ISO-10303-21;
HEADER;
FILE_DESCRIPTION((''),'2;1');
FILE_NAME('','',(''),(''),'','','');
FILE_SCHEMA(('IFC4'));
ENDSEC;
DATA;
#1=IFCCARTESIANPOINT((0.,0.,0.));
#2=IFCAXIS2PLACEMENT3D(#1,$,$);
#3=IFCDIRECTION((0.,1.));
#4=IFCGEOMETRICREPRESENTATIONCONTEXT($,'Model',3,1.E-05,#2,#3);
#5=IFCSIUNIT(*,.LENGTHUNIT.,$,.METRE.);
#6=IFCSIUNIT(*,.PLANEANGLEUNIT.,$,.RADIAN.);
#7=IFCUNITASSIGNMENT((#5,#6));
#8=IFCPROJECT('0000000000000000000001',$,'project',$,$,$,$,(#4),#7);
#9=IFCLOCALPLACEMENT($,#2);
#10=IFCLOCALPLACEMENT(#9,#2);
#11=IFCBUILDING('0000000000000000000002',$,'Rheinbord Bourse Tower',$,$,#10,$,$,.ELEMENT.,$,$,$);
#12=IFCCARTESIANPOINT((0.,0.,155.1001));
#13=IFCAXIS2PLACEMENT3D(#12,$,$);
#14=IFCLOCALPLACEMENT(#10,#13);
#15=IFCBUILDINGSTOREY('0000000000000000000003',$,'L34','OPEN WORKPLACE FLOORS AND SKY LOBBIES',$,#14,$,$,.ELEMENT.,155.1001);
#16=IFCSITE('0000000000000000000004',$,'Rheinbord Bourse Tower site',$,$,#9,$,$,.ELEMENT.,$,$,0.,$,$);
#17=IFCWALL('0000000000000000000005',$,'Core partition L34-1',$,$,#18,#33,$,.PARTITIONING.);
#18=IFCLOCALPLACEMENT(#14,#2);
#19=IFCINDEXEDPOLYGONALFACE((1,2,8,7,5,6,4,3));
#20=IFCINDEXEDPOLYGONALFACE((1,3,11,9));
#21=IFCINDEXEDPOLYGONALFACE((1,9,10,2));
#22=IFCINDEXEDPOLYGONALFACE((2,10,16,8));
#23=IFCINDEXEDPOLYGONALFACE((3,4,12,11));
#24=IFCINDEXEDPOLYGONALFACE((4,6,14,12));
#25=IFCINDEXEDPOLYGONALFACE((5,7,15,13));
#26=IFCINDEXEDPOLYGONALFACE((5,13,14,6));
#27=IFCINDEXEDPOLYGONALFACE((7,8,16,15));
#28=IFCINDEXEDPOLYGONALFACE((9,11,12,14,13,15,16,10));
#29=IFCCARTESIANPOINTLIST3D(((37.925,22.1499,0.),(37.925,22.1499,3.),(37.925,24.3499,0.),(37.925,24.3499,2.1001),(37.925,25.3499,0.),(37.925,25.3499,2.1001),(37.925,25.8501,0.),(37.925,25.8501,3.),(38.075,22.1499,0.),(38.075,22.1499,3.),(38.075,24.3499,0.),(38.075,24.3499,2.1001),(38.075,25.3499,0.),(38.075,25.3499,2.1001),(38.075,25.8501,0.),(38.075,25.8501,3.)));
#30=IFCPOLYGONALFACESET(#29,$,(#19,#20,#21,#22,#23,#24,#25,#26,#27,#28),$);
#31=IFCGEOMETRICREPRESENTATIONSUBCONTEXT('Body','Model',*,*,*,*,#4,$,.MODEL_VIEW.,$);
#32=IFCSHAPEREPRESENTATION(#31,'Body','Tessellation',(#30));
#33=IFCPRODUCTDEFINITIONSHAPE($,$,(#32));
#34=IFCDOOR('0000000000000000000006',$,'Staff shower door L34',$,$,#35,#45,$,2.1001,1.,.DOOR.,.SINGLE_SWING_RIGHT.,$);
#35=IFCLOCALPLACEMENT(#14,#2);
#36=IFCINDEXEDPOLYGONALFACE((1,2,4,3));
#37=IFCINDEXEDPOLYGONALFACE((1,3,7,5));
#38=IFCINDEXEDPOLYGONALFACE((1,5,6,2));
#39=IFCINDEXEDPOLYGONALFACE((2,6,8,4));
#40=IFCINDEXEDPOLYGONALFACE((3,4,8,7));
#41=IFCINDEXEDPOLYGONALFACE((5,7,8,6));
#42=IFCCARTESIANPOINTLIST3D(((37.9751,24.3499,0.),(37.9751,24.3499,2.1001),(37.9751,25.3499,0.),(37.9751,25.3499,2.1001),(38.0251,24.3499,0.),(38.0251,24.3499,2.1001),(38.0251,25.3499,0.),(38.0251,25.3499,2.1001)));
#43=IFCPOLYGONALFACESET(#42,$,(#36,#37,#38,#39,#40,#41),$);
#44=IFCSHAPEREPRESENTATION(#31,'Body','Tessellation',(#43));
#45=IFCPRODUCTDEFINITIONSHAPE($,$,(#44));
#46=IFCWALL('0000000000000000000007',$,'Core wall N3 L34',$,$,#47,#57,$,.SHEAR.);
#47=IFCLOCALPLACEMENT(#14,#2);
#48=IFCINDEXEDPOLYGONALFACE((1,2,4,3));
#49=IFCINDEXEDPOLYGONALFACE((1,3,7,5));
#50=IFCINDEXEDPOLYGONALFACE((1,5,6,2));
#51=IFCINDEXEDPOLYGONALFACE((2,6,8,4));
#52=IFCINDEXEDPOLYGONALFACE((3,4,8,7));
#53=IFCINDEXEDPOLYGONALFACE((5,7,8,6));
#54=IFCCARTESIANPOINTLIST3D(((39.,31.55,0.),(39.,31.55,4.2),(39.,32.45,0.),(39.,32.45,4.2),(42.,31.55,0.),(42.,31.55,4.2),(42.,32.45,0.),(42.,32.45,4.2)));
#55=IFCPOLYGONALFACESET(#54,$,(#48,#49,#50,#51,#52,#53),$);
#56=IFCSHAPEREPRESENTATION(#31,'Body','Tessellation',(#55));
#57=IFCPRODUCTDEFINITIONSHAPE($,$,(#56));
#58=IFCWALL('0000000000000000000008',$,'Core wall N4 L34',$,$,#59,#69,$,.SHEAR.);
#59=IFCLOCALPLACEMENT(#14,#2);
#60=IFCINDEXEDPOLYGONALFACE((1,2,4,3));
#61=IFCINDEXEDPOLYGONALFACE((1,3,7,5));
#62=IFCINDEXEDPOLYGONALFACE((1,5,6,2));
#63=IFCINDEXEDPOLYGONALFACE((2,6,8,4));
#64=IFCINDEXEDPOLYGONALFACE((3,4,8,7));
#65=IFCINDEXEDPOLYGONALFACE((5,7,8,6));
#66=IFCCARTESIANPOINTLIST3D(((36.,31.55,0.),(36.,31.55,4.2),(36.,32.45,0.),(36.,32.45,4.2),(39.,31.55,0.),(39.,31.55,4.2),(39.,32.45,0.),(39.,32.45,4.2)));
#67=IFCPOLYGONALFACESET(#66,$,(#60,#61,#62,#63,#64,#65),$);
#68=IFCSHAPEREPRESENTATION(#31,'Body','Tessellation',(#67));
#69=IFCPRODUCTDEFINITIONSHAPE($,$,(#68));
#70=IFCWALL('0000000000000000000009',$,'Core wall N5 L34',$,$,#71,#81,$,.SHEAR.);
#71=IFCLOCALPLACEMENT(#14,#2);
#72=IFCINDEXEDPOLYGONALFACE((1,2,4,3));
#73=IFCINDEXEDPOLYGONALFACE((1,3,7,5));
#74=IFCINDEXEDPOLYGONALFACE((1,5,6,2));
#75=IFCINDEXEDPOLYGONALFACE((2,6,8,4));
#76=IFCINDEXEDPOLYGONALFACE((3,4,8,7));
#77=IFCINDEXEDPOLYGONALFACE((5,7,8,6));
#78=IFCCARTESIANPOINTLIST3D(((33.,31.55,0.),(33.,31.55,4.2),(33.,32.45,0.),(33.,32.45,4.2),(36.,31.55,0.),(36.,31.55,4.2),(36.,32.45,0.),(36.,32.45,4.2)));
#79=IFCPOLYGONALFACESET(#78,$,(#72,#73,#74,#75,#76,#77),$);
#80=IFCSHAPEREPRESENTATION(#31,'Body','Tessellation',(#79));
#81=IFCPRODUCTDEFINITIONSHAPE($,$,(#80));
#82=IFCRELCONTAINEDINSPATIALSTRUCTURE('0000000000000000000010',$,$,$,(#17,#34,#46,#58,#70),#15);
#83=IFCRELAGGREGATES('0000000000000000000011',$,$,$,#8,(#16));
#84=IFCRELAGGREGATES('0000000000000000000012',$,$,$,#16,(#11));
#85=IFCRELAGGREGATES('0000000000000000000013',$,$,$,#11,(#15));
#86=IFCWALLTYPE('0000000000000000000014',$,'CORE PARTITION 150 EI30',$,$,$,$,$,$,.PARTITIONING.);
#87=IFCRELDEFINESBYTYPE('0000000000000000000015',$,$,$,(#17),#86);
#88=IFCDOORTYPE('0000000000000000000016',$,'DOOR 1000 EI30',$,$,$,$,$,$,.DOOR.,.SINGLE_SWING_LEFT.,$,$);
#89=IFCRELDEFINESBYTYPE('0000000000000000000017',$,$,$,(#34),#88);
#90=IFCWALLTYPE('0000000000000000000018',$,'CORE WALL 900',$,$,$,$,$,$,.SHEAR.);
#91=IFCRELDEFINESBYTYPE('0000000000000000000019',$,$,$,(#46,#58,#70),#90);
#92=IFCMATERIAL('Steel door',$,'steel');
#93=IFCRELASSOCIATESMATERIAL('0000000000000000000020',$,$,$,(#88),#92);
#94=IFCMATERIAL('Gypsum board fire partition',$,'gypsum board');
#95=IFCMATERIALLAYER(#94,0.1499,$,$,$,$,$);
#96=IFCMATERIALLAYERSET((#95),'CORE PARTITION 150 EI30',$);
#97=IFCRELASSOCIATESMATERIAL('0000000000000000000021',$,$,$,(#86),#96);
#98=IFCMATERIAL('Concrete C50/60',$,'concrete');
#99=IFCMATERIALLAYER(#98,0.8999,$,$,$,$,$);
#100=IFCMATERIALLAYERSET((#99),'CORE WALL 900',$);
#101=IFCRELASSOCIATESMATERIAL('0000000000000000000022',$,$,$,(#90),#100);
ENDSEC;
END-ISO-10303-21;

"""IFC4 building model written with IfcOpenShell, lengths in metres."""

from ifc_helpers import new_model, si_unit, direction, frame, frame_2d, origin, place, context, subcontext, project, spatial, rectangle, extrude, material, layer, layer_set, type_object, element, fill, save


model = new_model("IFC4")

# Units and contexts
model_context = context("Model", 3, precision=1e-05, world=origin(), true_north=direction((0.0, 1.0)))
body_context = subcontext(model_context, "Body", "Model", "MODEL_VIEW")
ifc_project = project(units=[si_unit("LENGTHUNIT", "METRE"), si_unit("PLANEANGLEUNIT", "RADIAN")], contexts=[model_context])

# Site, building, storey
site_placement = place(None, origin())
site = spatial("IfcSite", under=ifc_project, at=site_placement, Name="Rheinbord Bourse Tower site", CompositionType="ELEMENT", RefElevation=0.0)
building_placement = place(site_placement, origin())
building = spatial("IfcBuilding", under=site, at=building_placement, Name="Rheinbord Bourse Tower", CompositionType="ELEMENT")
storey_placement = place(building_placement, frame((0.0, 0.0, 155.1001)))
storey = spatial("IfcBuildingStorey", under=building, at=storey_placement, Name="L34", Description="OPEN WORKPLACE FLOORS AND SKY LOBBIES", CompositionType="ELEMENT", Elevation=155.1001)

# Shared definitions
ifc_material_1 = material(Name="Steel door", Category="steel")
door_type_1 = type_object("IfcDoorType", Name="DOOR 1000 EI30", OperationType="SINGLE_SWING_LEFT", PredefinedType="DOOR", material=ifc_material_1)

# Wall, opening, door
ifc_material_2 = material(Name="Gypsum board fire partition", Category="gypsum board")
ifc_layer_1 = layer(ifc_material_2, 0.1499)
ifc_layer_set_1 = layer_set([ifc_layer_1], Name="CORE PARTITION 150 EI30")
wall_type_1 = type_object("IfcWallType", Name="CORE PARTITION 150 EI30", PredefinedType="PARTITIONING", material=ifc_layer_set_1)
wall_1_placement = place(storey_placement, frame((38.0, 22.1499, 0.0), z_axis=(0.0, 0.0, 1.0), x_axis=(0.0, 1.0, 0.0)))
wall_1 = element("IfcWall", 1, at=wall_1_placement, inside=storey, type_object=wall_type_1, Name="Core partition L34-1", PredefinedType="PARTITIONING", context=body_context, shape_type="SweptSolid", body=[
    extrude(rectangle(XDim=3.7002, YDim=0.1499, at=frame_2d((1.8501, 0.0))), origin(), (0.0, 0.0, 1.0), 3.0),
])
opening_1_placement = place(wall_1_placement, frame((2.2, 0.0, 0.0)))
opening_1 = element("IfcOpeningElement", 2, at=opening_1_placement, cuts=wall_1, PredefinedType="OPENING", context=body_context, shape_type="SweptSolid", body=[
    extrude(rectangle(XDim=1.0, YDim=2.1001, at=frame_2d((0.5, 1.05))), frame((0.0, 0.085, 0.0), z_axis=(0.0, -1.0, 0.0), x_axis=(1.0, 0.0, 0.0)), (0.0, 0.0, 1.0), 0.1699),
])
door_1_placement = place(opening_1_placement, origin())
door_1 = element("IfcDoor", 3, at=door_1_placement, inside=storey, type_object=door_type_1, Name="Staff shower door L34", OperationType="SINGLE_SWING_RIGHT", OverallHeight=2.1001, OverallWidth=1.0, PredefinedType="DOOR", context=body_context, shape_type="SweptSolid", body=[
    extrude(rectangle(XDim=1.0, YDim=2.1001, at=frame_2d((0.5, 1.05))), frame((0.0, 0.0249, 0.0), z_axis=(0.0, -1.0, 0.0), x_axis=(1.0, 0.0, 0.0)), (0.0, 0.0, 1.0), 0.05),
])
fill(opening_1, door_1)

# Walls
ifc_material_3 = material(Name="Concrete C50/60", Category="concrete")
ifc_layer_2 = layer(ifc_material_3, 0.8999)
ifc_layer_set_2 = layer_set([ifc_layer_2], Name="CORE WALL 900")
wall_type_2 = type_object("IfcWallType", Name="CORE WALL 900", PredefinedType="SHEAR", material=ifc_layer_set_2)
for number, where, z_axis, x_axis, name in (
    (4, (42.0, 32.0, 0.0), (0.0, 0.0, 1.0), (-1.0, 0.0, 0.0), "Core wall N3 L34"),
    (5, (39.0, 32.0, 0.0), (0.0, 0.0, 1.0), (-1.0, 0.0, 0.0), "Core wall N4 L34"),
    (6, (36.0, 32.0, 0.0), (0.0, 0.0, 1.0), (-1.0, 0.0, 0.0), "Core wall N5 L34"),
):
    element("IfcWall", number, at=place(storey_placement, frame(where, z_axis=z_axis, x_axis=x_axis)), inside=storey, type_object=wall_type_2, Name=name, PredefinedType="SHEAR", context=body_context, shape_type="SweptSolid", body=[
        extrude(rectangle(XDim=3.0, YDim=0.8999, at=frame_2d((1.5, 0.0))), origin(), (0.0, 0.0, 1.0), 4.2),
    ])

save(model, "model.ifc")
